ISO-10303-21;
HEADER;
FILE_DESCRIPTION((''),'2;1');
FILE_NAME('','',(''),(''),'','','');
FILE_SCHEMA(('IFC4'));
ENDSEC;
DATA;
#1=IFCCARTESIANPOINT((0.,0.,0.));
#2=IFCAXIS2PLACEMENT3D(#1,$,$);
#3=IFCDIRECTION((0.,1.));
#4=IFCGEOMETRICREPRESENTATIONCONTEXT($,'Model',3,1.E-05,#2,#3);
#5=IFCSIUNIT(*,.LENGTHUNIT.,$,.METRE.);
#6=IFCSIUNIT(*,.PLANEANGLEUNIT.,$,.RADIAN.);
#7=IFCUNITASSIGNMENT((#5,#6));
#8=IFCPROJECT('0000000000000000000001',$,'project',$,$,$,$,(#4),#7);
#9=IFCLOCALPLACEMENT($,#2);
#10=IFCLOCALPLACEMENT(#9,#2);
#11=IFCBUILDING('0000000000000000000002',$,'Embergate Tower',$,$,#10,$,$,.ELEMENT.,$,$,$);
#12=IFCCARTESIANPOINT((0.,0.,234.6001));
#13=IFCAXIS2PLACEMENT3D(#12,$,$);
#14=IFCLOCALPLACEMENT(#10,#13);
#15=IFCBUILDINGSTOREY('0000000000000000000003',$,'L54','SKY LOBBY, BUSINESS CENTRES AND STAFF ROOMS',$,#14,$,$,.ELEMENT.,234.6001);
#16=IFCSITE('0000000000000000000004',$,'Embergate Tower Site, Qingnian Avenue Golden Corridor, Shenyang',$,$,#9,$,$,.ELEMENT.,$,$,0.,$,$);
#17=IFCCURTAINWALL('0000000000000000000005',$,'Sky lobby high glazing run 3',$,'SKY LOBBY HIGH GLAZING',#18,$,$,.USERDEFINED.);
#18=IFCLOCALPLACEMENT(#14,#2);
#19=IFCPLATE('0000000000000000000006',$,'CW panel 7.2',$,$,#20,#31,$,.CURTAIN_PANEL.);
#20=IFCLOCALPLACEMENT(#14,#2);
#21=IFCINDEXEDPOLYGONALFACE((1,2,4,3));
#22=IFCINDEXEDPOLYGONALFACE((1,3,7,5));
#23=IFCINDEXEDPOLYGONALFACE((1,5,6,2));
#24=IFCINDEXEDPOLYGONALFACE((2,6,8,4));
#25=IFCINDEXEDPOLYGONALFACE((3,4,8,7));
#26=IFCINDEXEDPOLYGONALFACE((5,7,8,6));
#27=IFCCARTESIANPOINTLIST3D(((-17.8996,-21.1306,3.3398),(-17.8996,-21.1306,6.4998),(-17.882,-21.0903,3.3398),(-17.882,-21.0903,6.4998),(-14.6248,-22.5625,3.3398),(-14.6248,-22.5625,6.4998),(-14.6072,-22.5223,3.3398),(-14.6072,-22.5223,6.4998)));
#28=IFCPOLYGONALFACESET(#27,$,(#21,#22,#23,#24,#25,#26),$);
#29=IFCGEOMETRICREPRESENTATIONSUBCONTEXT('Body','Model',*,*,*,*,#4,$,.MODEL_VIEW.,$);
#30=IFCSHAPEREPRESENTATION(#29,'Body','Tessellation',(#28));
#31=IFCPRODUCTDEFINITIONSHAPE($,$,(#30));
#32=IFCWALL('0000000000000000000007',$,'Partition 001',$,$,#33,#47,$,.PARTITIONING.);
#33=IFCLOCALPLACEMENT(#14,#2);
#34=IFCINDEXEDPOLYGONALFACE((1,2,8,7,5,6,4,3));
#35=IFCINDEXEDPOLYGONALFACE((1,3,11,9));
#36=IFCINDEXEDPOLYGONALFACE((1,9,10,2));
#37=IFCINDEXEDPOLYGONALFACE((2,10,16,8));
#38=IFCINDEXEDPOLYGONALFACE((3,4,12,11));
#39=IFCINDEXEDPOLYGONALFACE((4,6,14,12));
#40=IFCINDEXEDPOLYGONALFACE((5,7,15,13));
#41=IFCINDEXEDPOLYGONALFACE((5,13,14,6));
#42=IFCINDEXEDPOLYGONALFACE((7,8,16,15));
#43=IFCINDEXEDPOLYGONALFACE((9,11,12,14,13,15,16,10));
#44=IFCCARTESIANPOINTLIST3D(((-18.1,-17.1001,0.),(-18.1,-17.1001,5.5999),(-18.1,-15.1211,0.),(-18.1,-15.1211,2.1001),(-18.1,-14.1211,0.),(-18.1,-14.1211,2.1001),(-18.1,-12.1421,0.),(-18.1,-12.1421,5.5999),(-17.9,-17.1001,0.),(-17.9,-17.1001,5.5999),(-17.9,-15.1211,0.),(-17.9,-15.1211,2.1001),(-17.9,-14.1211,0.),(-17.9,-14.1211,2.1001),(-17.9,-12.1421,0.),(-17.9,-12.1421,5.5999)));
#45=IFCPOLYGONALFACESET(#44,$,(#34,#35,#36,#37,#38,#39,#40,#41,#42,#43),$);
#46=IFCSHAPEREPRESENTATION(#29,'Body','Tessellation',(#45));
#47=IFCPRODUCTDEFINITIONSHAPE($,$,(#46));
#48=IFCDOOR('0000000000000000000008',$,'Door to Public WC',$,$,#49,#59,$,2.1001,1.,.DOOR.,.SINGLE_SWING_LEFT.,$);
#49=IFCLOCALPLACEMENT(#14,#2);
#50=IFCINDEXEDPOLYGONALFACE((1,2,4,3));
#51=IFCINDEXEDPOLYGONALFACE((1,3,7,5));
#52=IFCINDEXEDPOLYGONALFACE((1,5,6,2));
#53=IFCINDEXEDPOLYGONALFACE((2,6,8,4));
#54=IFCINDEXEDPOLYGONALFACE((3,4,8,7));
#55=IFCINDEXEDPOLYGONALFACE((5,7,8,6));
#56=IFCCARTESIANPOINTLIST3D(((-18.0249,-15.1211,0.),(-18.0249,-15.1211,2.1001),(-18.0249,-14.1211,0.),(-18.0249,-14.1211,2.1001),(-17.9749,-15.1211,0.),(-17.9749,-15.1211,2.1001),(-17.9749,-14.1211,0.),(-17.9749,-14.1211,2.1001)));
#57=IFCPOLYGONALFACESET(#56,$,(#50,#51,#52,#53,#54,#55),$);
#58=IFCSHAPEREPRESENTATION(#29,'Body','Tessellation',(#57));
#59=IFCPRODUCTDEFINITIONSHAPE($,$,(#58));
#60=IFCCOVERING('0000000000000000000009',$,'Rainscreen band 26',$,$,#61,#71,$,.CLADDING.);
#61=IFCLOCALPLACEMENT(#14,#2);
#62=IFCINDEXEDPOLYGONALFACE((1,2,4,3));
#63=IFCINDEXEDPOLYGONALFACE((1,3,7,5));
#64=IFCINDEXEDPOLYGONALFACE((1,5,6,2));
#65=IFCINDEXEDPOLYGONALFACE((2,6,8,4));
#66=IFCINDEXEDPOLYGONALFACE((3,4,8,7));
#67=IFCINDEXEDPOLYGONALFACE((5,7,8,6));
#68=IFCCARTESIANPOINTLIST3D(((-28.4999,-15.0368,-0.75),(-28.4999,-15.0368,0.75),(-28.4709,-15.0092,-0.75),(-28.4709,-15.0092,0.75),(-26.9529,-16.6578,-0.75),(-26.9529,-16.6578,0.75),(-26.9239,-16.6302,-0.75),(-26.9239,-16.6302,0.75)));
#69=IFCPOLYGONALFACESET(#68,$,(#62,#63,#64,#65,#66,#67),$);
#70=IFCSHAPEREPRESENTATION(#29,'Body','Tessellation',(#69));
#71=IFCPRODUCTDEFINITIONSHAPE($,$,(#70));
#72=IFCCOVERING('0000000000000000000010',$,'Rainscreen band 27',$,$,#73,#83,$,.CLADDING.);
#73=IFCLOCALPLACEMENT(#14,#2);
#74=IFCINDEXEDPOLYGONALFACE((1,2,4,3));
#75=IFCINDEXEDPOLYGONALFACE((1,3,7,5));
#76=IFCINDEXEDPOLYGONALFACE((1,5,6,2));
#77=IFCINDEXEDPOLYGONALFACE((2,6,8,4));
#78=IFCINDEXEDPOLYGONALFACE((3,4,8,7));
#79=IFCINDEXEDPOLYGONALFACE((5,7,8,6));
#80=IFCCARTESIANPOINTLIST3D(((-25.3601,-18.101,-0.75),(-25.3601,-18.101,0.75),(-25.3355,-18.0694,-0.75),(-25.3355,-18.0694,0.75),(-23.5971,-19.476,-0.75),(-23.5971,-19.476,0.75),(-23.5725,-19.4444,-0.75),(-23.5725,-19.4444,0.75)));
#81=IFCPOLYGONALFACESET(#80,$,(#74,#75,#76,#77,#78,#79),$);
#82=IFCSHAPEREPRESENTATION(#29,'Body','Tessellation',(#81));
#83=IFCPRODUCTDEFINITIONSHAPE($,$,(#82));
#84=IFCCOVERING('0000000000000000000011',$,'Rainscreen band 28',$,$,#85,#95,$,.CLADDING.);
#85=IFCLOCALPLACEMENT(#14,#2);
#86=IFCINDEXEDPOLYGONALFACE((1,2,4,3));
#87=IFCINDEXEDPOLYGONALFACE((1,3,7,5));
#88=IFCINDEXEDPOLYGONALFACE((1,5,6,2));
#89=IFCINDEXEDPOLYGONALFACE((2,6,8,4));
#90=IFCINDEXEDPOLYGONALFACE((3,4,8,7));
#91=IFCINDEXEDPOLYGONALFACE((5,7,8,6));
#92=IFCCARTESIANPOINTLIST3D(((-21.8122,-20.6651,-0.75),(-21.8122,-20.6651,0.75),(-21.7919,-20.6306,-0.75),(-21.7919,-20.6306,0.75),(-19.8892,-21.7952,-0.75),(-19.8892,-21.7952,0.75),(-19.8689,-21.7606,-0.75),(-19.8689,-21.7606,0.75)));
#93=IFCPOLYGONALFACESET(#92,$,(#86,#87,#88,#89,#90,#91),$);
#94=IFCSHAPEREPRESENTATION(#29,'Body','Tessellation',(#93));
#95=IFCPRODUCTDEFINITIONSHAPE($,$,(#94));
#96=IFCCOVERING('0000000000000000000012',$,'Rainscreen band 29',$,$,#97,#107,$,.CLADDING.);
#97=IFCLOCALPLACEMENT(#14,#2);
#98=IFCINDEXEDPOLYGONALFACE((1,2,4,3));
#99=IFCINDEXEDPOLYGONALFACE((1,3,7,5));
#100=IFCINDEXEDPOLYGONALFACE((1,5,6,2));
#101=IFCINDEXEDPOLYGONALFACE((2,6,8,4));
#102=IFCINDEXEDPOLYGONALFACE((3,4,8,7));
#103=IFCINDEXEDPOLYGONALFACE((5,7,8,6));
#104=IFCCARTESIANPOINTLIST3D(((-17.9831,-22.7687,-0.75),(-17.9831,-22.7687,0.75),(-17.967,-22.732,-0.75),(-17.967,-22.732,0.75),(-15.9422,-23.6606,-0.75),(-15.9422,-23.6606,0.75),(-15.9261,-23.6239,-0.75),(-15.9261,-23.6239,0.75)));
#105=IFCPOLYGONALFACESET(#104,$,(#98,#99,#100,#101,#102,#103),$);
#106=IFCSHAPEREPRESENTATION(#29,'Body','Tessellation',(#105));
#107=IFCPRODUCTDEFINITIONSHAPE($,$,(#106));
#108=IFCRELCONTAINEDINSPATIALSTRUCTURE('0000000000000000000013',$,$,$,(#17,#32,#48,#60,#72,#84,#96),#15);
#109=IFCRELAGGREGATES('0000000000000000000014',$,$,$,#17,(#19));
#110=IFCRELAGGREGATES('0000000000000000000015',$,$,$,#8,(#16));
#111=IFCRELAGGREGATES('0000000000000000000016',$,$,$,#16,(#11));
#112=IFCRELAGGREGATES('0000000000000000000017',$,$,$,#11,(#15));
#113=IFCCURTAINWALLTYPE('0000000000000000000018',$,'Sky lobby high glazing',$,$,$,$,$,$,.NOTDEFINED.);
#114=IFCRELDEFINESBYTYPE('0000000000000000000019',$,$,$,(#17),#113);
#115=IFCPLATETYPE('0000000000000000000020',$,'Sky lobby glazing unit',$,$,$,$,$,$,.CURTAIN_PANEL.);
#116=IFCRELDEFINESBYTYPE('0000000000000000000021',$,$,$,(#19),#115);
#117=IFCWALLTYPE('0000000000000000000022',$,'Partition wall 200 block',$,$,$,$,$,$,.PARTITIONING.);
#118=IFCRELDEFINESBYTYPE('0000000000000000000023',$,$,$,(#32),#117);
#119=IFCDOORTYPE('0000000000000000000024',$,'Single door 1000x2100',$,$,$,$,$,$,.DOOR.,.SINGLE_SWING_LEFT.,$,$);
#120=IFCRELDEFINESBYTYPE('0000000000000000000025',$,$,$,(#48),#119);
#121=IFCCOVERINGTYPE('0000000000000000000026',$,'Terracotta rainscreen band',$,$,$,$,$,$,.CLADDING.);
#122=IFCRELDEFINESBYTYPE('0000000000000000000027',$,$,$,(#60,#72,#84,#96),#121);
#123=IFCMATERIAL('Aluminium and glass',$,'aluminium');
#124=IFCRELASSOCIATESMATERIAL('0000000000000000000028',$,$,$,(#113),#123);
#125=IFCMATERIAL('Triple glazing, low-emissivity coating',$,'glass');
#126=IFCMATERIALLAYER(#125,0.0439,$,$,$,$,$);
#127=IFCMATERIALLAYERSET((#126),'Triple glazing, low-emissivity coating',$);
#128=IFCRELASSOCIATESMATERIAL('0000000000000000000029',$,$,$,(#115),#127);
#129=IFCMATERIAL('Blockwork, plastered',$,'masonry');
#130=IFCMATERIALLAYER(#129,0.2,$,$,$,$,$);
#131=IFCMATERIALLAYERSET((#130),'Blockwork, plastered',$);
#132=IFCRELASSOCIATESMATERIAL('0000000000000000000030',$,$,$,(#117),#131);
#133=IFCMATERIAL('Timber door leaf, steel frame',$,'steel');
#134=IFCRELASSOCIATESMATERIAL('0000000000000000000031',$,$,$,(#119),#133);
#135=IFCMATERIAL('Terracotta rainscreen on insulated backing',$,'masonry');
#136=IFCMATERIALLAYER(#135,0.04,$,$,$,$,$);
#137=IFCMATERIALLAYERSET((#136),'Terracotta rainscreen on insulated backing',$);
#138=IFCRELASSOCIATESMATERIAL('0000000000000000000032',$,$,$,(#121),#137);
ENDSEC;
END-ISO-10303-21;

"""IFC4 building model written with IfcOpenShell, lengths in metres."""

from ifc_helpers import new_model, si_unit, direction, frame, frame_2d, origin, origin_2d, place, context, subcontext, project, spatial, rectangle, extrude, source, transform, mapped, material, layer, layer_set, type_object, element, fill, aggregate, save


model = new_model("IFC4")

# Units and contexts
model_context = context("Model", 3, precision=1e-05, world=origin(), true_north=direction((0.0, 1.0)))
body_context = subcontext(model_context, "Body", "Model", "MODEL_VIEW")
ifc_project = project(units=[si_unit("LENGTHUNIT", "METRE"), si_unit("PLANEANGLEUNIT", "RADIAN")], contexts=[model_context])

# Site, building, storey
site_placement = place(None, origin())
site = spatial("IfcSite", under=ifc_project, at=site_placement, Name="Embergate Tower Site, Qingnian Avenue Golden Corridor, Shenyang", CompositionType="ELEMENT", RefElevation=0.0)
building_placement = place(site_placement, origin())
building = spatial("IfcBuilding", under=site, at=building_placement, Name="Embergate Tower", CompositionType="ELEMENT")
storey_placement = place(building_placement, frame((0.0, 0.0, 234.6001)))
storey = spatial("IfcBuildingStorey", under=building, at=storey_placement, Name="L54", Description="SKY LOBBY, BUSINESS CENTRES AND STAFF ROOMS", CompositionType="ELEMENT", Elevation=234.6001)

# Curtain wall, plate
ifc_material_1 = material(Name="Aluminium and glass", Category="aluminium")
curtain_wall_type = type_object("IfcCurtainWallType", Name="Sky lobby high glazing", PredefinedType="NOTDEFINED", material=ifc_material_1)
curtain_wall_placement = place(storey_placement, origin())
curtain_wall = element("IfcCurtainWall", 1, at=curtain_wall_placement, inside=storey, type_object=curtain_wall_type, Name="Sky lobby high glazing run 3", ObjectType="SKY LOBBY HIGH GLAZING", PredefinedType="USERDEFINED")
ifc_material_2 = material(Name="Triple glazing, low-emissivity coating", Category="glass")
ifc_layer_1 = layer(ifc_material_2, 0.0439)
ifc_layer_set_1 = layer_set([ifc_layer_1], Name="Triple glazing, low-emissivity coating")
plate_type = type_object("IfcPlateType", Name="Sky lobby glazing unit", PredefinedType="CURTAIN_PANEL", material=ifc_layer_set_1)
shared_shape_1 = source(origin(), body_context, "Body", "SweptSolid", [
    extrude(rectangle(XDim=3.5742, YDim=0.0439, at=origin_2d()), origin(), (0.0, 0.0, 1.0), 3.1599),
])
plate_1_placement = place(storey_placement, frame((-16.2534, -21.8264, 3.3398), z_axis=(0.0, 0.0, 1.0), x_axis=(0.916236, -0.400638, 0.0)))
plate_1 = element("IfcPlate", 2, at=plate_1_placement, type_object=plate_type, Name="CW panel 7.2", PredefinedType="CURTAIN_PANEL", context=body_context, shape_type="MappedRepresentation", body=[
    mapped(shared_shape_1, transform((0.0, 0.0, 0.0))),
])
aggregate(curtain_wall, [plate_1])

# Wall, opening, door
ifc_material_3 = material(Name="Blockwork, plastered", Category="masonry")
ifc_layer_2 = layer(ifc_material_3, 0.2)
ifc_layer_set_2 = layer_set([ifc_layer_2], Name="Blockwork, plastered")
wall_type = type_object("IfcWallType", Name="Partition wall 200 block", PredefinedType="PARTITIONING", material=ifc_layer_set_2)
shared_shape_2 = source(origin(), body_context, "Body", "SweptSolid", [
    extrude(rectangle(XDim=4.958, YDim=0.2, at=frame_2d((2.479, 0.0))), origin(), (0.0, 0.0, 1.0), 5.5999),
])
wall_placement = place(storey_placement, frame((-18.0, -17.1001, 0.0), z_axis=(0.0, 0.0, 1.0), x_axis=(0.0, 1.0, 0.0)))
wall = element("IfcWall", 3, at=wall_placement, inside=storey, type_object=wall_type, Name="Partition 001", PredefinedType="PARTITIONING", context=body_context, shape_type="MappedRepresentation", body=[
    mapped(shared_shape_2, transform((0.0, 0.0, 0.0))),
])
shared_shape_3 = source(origin(), body_context, "Body", "SweptSolid", [
    extrude(rectangle(XDim=1.0, YDim=2.1001, at=frame_2d((0.5, 1.05))), frame((0.0, 0.1099, 0.0), z_axis=(0.0, -1.0, 0.0), x_axis=(1.0, 0.0, 0.0)), (0.0, 0.0, 1.0), 0.22),
])
opening_placement = place(wall_placement, frame((1.979, 0.0, 0.0)))
opening = element("IfcOpeningElement", 4, at=opening_placement, cuts=wall, PredefinedType="OPENING", context=body_context, shape_type="MappedRepresentation", body=[
    mapped(shared_shape_3, transform((0.0, 0.0, 0.0))),
])
ifc_material_4 = material(Name="Timber door leaf, steel frame", Category="steel")
door_type = type_object("IfcDoorType", Name="Single door 1000x2100", OperationType="SINGLE_SWING_LEFT", PredefinedType="DOOR", material=ifc_material_4)
shared_shape_4 = source(origin(), body_context, "Body", "SweptSolid", [
    extrude(rectangle(XDim=1.0, YDim=2.1001, at=frame_2d((0.5, 1.05))), frame((0.0, 0.0249, 0.0), z_axis=(0.0, -1.0, 0.0), x_axis=(1.0, 0.0, 0.0)), (0.0, 0.0, 1.0), 0.05),
])
door_placement = place(opening_placement, origin())
door = element("IfcDoor", 5, at=door_placement, inside=storey, type_object=door_type, Name="Door to Public WC", OperationType="SINGLE_SWING_LEFT", OverallHeight=2.1001, OverallWidth=1.0, PredefinedType="DOOR", context=body_context, shape_type="MappedRepresentation", body=[
    mapped(shared_shape_4, transform((0.0, 0.0, 0.0))),
])
fill(opening, door)

# Coverings
ifc_material_5 = material(Name="Terracotta rainscreen on insulated backing", Category="masonry")
ifc_layer_3 = layer(ifc_material_5, 0.04)
ifc_layer_set_3 = layer_set([ifc_layer_3], Name="Terracotta rainscreen on insulated backing")
covering_type = type_object("IfcCoveringType", Name="Terracotta rainscreen band", PredefinedType="CLADDING", material=ifc_layer_set_3)
shared_shape_5 = source(origin(), body_context, "Body", "SweptSolid", [
    extrude(rectangle(XDim=2.2407, YDim=0.04, at=origin_2d()), origin(), (0.0, 0.0, 1.0), 1.5),
])
covering_1_placement = place(storey_placement, frame((-27.7119, -15.8335, -0.75), z_axis=(0.0, 0.0, 1.0), x_axis=(0.690402, -0.723426, 0.0)))
element("IfcCovering", 6, at=covering_1_placement, inside=storey, type_object=covering_type, Name="Rainscreen band 26", PredefinedType="CLADDING", context=body_context, shape_type="MappedRepresentation", body=[
    mapped(shared_shape_5, transform((0.0, 0.0, 0.0))),
])
shared_shape_6 = source(origin(), body_context, "Body", "SweptSolid", [
    extrude(rectangle(XDim=2.2358, YDim=0.04, at=origin_2d()), origin(), (0.0, 0.0, 1.0), 1.5),
])
covering_2_placement = place(storey_placement, frame((-24.4663, -18.7727, -0.75), z_axis=(0.0, 0.0, 1.0), x_axis=(0.788533, -0.614993, 0.0)))
element("IfcCovering", 7, at=covering_2_placement, inside=storey, type_object=covering_type, Name="Rainscreen band 27", PredefinedType="CLADDING", context=body_context, shape_type="MappedRepresentation", body=[
    mapped(shared_shape_6, transform((0.0, 0.0, 0.0))),
])
shared_shape_7 = source(origin(), body_context, "Body", "SweptSolid", [
    extrude(rectangle(XDim=2.2305, YDim=0.04, at=origin_2d()), origin(), (0.0, 0.0, 1.0), 1.5),
])
covering_3_placement = place(storey_placement, frame((-20.8406, -21.2129, -0.75), z_axis=(0.0, 0.0, 1.0), x_axis=(0.862165, -0.506628, 0.0)))
element("IfcCovering", 8, at=covering_3_placement, inside=storey, type_object=covering_type, Name="Rainscreen band 28", PredefinedType="CLADDING", context=body_context, shape_type="MappedRepresentation", body=[
    mapped(shared_shape_7, transform((0.0, 0.0, 0.0))),
])
shared_shape_8 = source(origin(), body_context, "Body", "SweptSolid", [
    extrude(rectangle(XDim=2.2273, YDim=0.04, at=origin_2d()), origin(), (0.0, 0.0, 1.0), 1.5),
])
covering_4_placement = place(storey_placement, frame((-16.9546, -23.1963, -0.75), z_axis=(0.0, 0.0, 1.0), x_axis=(0.916312, -0.400466, 0.0)))
element("IfcCovering", 9, at=covering_4_placement, inside=storey, type_object=covering_type, Name="Rainscreen band 29", PredefinedType="CLADDING", context=body_context, shape_type="MappedRepresentation", body=[
    mapped(shared_shape_8, transform((0.0, 0.0, 0.0))),
])

save(model, "model.ifc")
